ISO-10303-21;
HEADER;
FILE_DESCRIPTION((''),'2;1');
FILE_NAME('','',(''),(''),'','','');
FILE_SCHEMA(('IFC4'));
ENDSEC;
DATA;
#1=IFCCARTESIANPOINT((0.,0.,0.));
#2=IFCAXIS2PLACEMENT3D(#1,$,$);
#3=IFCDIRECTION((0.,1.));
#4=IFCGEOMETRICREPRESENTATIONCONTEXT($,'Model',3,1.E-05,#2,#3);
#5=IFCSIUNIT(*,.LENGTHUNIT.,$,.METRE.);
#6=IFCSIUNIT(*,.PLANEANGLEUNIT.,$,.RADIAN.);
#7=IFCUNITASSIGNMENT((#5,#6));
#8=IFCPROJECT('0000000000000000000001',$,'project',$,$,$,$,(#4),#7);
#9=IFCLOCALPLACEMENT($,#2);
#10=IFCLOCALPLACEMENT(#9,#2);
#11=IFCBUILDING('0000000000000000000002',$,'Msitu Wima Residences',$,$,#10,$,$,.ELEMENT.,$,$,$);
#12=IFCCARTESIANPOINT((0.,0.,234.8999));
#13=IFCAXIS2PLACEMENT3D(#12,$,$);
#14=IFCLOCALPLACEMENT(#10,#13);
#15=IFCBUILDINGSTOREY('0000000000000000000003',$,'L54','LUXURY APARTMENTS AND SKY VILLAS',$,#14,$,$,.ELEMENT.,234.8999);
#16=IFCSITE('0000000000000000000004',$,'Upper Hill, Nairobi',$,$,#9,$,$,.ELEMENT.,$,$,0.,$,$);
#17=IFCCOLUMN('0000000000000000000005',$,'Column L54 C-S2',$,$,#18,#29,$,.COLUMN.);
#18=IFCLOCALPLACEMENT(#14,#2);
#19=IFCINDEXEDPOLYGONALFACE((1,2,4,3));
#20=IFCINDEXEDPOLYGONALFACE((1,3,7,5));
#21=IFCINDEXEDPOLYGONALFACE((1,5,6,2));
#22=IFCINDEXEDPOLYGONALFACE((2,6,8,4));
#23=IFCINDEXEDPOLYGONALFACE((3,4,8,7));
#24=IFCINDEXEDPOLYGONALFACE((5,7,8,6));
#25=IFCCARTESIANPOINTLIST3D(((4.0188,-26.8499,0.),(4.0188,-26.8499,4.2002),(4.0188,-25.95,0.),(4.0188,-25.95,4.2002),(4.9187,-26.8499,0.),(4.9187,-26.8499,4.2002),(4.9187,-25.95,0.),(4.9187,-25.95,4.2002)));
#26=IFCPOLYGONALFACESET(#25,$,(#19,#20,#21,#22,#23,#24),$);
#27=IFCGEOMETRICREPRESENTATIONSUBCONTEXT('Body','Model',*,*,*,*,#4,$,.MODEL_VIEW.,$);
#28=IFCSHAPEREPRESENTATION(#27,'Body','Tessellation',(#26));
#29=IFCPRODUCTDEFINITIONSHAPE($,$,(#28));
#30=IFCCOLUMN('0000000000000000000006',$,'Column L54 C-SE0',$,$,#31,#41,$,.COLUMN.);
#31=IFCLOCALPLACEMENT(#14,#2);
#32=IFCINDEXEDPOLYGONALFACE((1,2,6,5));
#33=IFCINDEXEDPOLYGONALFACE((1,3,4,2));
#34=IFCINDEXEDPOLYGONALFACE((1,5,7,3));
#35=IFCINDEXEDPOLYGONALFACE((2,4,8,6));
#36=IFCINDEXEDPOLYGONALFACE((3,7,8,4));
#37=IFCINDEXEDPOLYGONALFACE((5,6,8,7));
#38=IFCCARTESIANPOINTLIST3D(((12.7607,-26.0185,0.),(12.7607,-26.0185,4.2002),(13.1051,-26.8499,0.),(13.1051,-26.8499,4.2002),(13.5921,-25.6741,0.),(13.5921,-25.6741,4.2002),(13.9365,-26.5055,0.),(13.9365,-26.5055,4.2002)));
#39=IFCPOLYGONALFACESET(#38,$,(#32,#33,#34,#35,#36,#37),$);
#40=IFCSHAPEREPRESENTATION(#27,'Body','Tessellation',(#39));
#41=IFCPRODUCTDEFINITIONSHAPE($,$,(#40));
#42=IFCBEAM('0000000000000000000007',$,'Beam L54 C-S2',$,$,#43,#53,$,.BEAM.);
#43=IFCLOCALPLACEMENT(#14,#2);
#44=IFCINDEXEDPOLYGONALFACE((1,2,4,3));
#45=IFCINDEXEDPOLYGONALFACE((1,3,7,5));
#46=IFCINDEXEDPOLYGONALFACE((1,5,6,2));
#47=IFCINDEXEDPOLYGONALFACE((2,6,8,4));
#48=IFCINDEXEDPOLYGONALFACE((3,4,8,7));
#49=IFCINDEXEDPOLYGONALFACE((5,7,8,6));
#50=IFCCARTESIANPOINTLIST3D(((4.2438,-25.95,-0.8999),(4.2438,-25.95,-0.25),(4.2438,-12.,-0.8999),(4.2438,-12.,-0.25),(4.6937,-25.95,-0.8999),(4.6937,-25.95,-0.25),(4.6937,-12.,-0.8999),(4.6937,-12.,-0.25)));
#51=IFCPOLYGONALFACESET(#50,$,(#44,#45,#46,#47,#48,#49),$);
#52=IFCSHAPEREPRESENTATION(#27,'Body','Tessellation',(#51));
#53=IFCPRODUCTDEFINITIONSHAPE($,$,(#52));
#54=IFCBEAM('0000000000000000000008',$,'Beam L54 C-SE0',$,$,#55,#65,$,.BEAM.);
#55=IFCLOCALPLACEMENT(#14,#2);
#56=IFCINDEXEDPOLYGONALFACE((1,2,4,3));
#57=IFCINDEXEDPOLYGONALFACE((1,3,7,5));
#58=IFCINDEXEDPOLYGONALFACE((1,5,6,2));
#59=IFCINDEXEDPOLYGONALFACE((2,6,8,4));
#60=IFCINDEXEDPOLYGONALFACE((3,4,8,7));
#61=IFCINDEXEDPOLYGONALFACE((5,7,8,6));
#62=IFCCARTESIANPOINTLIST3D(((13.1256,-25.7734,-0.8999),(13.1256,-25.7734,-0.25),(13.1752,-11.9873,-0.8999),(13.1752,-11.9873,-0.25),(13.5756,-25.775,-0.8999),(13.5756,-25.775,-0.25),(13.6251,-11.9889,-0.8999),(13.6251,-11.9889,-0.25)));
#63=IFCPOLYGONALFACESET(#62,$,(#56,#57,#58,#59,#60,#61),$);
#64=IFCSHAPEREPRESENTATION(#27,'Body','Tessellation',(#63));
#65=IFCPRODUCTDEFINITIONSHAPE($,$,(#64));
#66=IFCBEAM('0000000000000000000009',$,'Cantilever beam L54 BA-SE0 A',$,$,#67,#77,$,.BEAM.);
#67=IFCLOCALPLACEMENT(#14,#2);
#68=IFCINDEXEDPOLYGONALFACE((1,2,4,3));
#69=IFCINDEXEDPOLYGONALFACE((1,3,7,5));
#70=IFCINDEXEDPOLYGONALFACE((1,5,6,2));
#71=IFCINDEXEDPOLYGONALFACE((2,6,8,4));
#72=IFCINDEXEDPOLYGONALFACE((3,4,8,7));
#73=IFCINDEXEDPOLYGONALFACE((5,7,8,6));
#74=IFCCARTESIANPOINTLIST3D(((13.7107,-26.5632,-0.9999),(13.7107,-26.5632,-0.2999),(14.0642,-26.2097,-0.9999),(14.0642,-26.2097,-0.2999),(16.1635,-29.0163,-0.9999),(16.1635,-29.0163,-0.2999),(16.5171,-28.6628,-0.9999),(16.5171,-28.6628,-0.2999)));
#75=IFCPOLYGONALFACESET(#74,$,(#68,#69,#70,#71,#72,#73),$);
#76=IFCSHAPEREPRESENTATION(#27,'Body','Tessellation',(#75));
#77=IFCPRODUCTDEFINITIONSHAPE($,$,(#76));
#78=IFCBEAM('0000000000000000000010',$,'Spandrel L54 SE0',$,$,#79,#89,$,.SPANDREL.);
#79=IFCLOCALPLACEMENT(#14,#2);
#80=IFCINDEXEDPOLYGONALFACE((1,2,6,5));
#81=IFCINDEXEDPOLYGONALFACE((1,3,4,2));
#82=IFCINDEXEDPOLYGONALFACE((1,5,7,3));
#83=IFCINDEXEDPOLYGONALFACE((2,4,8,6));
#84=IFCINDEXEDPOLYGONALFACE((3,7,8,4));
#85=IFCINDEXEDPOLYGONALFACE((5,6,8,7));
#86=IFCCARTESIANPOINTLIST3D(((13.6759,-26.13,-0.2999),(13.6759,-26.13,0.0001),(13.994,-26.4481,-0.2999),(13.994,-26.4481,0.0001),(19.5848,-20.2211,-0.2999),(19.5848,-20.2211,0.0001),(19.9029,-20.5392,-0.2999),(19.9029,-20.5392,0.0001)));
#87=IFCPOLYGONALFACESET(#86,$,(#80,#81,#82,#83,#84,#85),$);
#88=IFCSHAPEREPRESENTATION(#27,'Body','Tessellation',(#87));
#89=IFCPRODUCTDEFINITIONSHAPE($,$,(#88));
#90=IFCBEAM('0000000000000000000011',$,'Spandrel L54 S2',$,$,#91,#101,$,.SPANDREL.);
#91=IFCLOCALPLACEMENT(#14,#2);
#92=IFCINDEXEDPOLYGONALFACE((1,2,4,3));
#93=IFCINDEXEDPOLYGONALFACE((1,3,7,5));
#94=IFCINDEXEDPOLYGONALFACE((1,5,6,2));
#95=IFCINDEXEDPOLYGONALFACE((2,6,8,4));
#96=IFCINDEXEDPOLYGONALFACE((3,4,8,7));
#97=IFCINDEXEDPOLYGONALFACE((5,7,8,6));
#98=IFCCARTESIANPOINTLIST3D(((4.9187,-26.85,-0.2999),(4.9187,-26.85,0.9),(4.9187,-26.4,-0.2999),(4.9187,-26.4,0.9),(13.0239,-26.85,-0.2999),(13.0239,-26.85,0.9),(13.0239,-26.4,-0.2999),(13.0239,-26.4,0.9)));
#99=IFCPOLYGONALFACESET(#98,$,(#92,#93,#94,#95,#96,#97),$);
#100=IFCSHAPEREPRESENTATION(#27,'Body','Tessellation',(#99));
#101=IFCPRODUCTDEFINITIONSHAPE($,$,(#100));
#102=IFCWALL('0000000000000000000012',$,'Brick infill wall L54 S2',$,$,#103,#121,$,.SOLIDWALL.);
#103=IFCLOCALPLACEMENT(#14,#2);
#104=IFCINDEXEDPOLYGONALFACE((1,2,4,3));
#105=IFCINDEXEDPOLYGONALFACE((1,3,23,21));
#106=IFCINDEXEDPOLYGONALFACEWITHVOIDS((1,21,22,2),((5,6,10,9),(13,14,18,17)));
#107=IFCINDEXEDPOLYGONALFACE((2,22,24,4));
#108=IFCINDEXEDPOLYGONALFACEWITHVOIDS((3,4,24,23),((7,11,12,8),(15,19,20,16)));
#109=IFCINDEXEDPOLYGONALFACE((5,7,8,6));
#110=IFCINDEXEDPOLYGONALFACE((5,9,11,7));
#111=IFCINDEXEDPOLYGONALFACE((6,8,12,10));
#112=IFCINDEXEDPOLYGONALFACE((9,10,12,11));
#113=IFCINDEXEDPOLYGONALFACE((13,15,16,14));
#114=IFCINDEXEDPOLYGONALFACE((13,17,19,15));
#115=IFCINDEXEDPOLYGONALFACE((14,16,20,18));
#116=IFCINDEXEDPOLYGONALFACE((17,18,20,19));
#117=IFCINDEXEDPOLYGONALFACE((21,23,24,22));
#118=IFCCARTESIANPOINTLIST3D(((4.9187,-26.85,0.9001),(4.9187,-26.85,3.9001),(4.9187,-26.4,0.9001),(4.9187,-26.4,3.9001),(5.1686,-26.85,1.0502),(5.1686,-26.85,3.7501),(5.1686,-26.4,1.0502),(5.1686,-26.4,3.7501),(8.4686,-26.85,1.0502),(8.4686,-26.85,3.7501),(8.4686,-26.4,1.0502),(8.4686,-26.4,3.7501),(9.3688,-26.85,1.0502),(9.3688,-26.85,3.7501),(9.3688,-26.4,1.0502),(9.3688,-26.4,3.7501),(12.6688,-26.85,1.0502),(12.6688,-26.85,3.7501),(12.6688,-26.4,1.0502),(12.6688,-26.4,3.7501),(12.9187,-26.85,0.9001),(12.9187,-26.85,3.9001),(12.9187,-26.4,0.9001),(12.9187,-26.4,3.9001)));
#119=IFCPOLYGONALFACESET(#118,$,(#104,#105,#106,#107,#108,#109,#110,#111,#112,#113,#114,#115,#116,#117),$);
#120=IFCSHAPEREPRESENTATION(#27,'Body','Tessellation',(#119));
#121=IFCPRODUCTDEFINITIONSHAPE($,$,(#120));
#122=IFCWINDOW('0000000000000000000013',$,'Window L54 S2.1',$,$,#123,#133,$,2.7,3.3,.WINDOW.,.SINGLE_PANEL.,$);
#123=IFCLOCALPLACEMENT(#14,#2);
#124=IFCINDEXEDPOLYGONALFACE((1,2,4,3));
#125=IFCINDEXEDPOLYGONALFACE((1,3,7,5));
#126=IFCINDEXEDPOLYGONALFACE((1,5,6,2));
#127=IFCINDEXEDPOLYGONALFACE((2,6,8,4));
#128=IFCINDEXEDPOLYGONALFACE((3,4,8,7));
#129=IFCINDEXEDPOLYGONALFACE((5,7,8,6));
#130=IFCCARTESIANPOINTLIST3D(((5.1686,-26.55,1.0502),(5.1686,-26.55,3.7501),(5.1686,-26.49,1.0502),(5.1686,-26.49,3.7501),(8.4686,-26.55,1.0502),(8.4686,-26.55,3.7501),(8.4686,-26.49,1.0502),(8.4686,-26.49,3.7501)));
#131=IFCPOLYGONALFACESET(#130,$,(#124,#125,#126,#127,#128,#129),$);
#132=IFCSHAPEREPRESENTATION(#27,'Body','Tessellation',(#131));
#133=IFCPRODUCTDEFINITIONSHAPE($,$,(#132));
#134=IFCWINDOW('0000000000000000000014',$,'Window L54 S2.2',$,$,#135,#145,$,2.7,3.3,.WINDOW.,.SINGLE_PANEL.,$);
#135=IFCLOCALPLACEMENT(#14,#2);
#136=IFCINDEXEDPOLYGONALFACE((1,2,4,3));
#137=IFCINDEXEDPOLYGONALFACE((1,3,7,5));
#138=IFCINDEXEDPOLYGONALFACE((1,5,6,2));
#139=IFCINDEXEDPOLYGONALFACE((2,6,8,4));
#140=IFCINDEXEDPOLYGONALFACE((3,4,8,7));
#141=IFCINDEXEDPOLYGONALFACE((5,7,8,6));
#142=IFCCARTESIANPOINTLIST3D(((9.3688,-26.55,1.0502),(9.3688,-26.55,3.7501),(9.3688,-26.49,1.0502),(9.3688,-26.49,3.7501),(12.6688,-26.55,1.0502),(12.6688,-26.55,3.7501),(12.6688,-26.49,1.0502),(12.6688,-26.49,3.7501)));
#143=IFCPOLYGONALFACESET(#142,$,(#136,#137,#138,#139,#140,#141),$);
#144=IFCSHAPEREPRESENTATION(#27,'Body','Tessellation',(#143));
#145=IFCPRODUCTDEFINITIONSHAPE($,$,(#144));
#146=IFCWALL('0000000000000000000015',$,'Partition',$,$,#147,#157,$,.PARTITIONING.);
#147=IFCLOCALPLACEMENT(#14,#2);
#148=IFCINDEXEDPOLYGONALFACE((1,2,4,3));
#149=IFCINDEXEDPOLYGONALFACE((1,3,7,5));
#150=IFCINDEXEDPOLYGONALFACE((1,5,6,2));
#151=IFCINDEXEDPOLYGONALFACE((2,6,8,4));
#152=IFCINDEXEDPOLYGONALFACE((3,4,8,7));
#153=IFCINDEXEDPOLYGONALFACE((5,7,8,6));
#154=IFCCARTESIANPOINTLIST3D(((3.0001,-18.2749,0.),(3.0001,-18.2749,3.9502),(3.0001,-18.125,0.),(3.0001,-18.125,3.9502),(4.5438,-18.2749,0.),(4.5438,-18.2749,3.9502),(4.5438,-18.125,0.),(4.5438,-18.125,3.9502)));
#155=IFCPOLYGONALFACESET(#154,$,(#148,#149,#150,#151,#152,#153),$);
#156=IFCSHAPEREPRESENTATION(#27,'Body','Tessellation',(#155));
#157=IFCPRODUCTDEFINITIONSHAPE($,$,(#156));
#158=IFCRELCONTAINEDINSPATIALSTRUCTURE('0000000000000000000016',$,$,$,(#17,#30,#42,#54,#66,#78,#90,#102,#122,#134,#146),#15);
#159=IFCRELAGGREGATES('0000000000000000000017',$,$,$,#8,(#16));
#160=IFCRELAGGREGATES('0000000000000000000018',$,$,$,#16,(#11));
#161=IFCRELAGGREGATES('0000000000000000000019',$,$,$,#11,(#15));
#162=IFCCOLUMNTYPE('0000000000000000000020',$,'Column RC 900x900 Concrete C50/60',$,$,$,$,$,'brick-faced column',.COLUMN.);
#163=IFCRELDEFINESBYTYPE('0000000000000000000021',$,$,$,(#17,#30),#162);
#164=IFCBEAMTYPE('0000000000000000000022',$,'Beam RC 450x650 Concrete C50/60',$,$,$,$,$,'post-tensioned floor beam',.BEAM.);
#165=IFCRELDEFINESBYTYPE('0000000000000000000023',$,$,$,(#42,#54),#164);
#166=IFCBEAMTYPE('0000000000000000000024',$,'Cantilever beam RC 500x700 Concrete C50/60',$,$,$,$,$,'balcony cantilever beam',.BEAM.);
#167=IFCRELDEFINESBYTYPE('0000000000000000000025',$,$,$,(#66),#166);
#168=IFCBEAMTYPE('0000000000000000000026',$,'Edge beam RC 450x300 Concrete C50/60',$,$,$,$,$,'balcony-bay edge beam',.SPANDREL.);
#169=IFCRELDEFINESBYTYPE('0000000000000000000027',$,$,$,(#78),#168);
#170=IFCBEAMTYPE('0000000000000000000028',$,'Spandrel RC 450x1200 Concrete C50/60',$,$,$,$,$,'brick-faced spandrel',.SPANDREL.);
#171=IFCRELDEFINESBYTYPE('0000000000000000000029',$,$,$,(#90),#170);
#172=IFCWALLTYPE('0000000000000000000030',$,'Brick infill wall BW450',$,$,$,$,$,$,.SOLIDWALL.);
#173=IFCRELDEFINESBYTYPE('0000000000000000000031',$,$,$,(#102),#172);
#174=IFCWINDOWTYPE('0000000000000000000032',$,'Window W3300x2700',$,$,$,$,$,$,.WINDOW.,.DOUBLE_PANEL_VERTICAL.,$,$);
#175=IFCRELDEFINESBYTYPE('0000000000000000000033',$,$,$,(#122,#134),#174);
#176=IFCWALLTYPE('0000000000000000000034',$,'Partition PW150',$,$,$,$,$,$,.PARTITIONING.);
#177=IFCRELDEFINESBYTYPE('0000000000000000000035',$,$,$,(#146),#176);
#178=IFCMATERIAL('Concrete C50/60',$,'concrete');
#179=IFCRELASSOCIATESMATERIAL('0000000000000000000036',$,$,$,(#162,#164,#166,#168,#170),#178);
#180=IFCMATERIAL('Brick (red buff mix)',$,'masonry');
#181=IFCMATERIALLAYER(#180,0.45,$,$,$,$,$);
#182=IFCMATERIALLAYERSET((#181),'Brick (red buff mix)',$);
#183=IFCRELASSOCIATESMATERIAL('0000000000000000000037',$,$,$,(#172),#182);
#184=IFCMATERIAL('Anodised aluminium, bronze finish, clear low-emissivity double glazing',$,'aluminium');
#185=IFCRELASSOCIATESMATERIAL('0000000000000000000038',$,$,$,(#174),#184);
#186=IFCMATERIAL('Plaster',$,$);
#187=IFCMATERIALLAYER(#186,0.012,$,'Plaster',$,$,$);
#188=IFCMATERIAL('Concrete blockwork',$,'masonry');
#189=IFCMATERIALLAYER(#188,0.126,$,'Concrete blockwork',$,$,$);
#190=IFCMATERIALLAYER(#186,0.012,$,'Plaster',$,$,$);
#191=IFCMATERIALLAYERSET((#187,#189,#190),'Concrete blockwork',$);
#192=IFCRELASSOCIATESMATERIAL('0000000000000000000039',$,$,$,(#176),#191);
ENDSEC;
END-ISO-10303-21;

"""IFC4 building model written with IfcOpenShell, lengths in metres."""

from ifc_helpers import new_model, si_unit, direction, frame, frame_2d, origin, origin_2d, place, context, subcontext, project, spatial, rectangle, extrude, material, layer, layer_set, material_profile, profile_set, type_object, element, fill, save


model = new_model("IFC4")

# Units and contexts
model_context = context("Model", 3, precision=1e-05, world=origin(), true_north=direction((0.0, 1.0)))
body_context = subcontext(model_context, "Body", "Model", "MODEL_VIEW")
ifc_project = project(units=[si_unit("LENGTHUNIT", "METRE"), si_unit("PLANEANGLEUNIT", "RADIAN")], contexts=[model_context])

# Site, building, storey
site_placement = place(None, origin())
site = spatial("IfcSite", under=ifc_project, at=site_placement, Name="Upper Hill, Nairobi", CompositionType="ELEMENT", RefElevation=0.0)
building_placement = place(site_placement, origin())
building = spatial("IfcBuilding", under=site, at=building_placement, Name="Msitu Wima Residences", CompositionType="ELEMENT")
storey_placement = place(building_placement, frame((0.0, 0.0, 234.8999)))
storey = spatial("IfcBuildingStorey", under=building, at=storey_placement, Name="L54", Description="LUXURY APARTMENTS AND SKY VILLAS", CompositionType="ELEMENT", Elevation=234.8999)

# Columns
ifc_material_1 = material(Name="Concrete C50/60", Category="concrete")
ifc_material_profile_1 = material_profile(ifc_material_1, rectangle(XDim=0.8999, YDim=0.8999, at=origin_2d()), Name="RC 900x900")
ifc_profile_set_1 = profile_set([ifc_material_profile_1], Name="Concrete C50/60")
column_type = type_object("IfcColumnType", Name="Column RC 900x900 Concrete C50/60", ElementType="brick-faced column", PredefinedType="COLUMN", material=ifc_profile_set_1)
for number, where, z_axis, x_axis, name in (
    (1, (4.4688, -26.3999, 0.0), (0.0, 0.0, 1.0), (1.0, 0.0, 0.0), "Column L54 C-S2"),
    (2, (13.3486, -26.262, 0.0), (0.0, 0.0, 1.0), (0.92388, 0.382683, 0.0), "Column L54 C-SE0"),
):
    element("IfcColumn", number, at=place(storey_placement, frame(where, z_axis=z_axis, x_axis=x_axis)), inside=storey, type_object=column_type, Name=name, PredefinedType="COLUMN", context=body_context, shape_type="SweptSolid", body=[
        extrude(rectangle(XDim=0.8999, YDim=0.8999, at=origin_2d()), origin(), (0.0, 0.0, 1.0), 4.2002),
    ])

# Beams
ifc_material_profile_2 = material_profile(ifc_material_1, rectangle(XDim=0.45, YDim=0.6499, at=origin_2d()), Name="RC 450x650")
ifc_profile_set_2 = profile_set([ifc_material_profile_2], Name="Concrete C50/60")
beam_type_1 = type_object("IfcBeamType", Name="Beam RC 450x650 Concrete C50/60", ElementType="post-tensioned floor beam", PredefinedType="BEAM", material=ifc_profile_set_2)
beam_1_placement = place(storey_placement, frame((4.4688, -25.95, -0.575), z_axis=(0.0, 1.0, 0.0), x_axis=(-1.0, 0.0, 0.0)))
element("IfcBeam", 3, at=beam_1_placement, inside=storey, type_object=beam_type_1, Name="Beam L54 C-S2", PredefinedType="BEAM", context=body_context, shape_type="SweptSolid", body=[
    extrude(rectangle(XDim=0.45, YDim=0.6499, at=origin_2d()), origin(), (0.0, 0.0, 1.0), 13.95),
])
beam_2_placement = place(storey_placement, frame((13.3506, -25.7742, -0.575), z_axis=(0.003595, 0.999994, 0.0), x_axis=(-0.999994, 0.003595, 0.0)))
element("IfcBeam", 4, at=beam_2_placement, inside=storey, type_object=beam_type_1, Name="Beam L54 C-SE0", PredefinedType="BEAM", context=body_context, shape_type="SweptSolid", body=[
    extrude(rectangle(XDim=0.45, YDim=0.6499, at=origin_2d()), origin(), (0.0, 0.0, 1.0), 13.7861),
])
ifc_material_profile_3 = material_profile(ifc_material_1, rectangle(XDim=0.5, YDim=0.7, at=origin_2d()), Name="RC 500x700")
ifc_profile_set_3 = profile_set([ifc_material_profile_3], Name="Concrete C50/60")
beam_type_2 = type_object("IfcBeamType", Name="Cantilever beam RC 500x700 Concrete C50/60", ElementType="balcony cantilever beam", PredefinedType="BEAM", material=ifc_profile_set_3)
beam_3_placement = place(storey_placement, frame((13.8875, -26.3865, -0.6499), z_axis=(0.707072, -0.707142, 0.0), x_axis=(0.707142, 0.707072, 0.0)))
element("IfcBeam", 5, at=beam_3_placement, inside=storey, type_object=beam_type_2, Name="Cantilever beam L54 BA-SE0 A", PredefinedType="BEAM", context=body_context, shape_type="SweptSolid", body=[
    extrude(rectangle(XDim=0.5, YDim=0.7, at=origin_2d()), origin(), (0.0, 0.0, 1.0), 3.469),
])
ifc_material_profile_4 = material_profile(ifc_material_1, rectangle(XDim=0.45, YDim=0.3, at=origin_2d()), Name="RC 450x300")
ifc_profile_set_4 = profile_set([ifc_material_profile_4], Name="Concrete C50/60")
beam_type_3 = type_object("IfcBeamType", Name="Edge beam RC 450x300 Concrete C50/60", ElementType="balcony-bay edge beam", PredefinedType="SPANDREL", material=ifc_profile_set_4)
beam_4_placement = place(storey_placement, frame((13.835, -26.2891, -0.1499), z_axis=(0.707107, 0.707107, 0.0), x_axis=(-0.707107, 0.707107, 0.0)))
element("IfcBeam", 6, at=beam_4_placement, inside=storey, type_object=beam_type_3, Name="Spandrel L54 SE0", PredefinedType="SPANDREL", context=body_context, shape_type="SweptSolid", body=[
    extrude(rectangle(XDim=0.45, YDim=0.3, at=origin_2d()), origin(), (0.0, 0.0, 1.0), 8.3564),
])
ifc_material_profile_5 = material_profile(ifc_material_1, rectangle(XDim=0.45, YDim=1.2, at=origin_2d()), Name="RC 450x1200")
ifc_profile_set_5 = profile_set([ifc_material_profile_5], Name="Concrete C50/60")
beam_type_4 = type_object("IfcBeamType", Name="Spandrel RC 450x1200 Concrete C50/60", ElementType="brick-faced spandrel", PredefinedType="SPANDREL", material=ifc_profile_set_5)
beam_5_placement = place(storey_placement, frame((4.9187, -26.625, 0.3), z_axis=(1.0, 0.0, 0.0), x_axis=(0.0, 1.0, 0.0)))
element("IfcBeam", 7, at=beam_5_placement, inside=storey, type_object=beam_type_4, Name="Spandrel L54 S2", PredefinedType="SPANDREL", context=body_context, shape_type="SweptSolid", body=[
    extrude(rectangle(XDim=0.45, YDim=1.2, at=origin_2d()), origin(), (0.0, 0.0, 1.0), 8.1052),
])

# Wall, openings, windows
ifc_material_2 = material(Name="Brick (red buff mix)", Category="masonry")
ifc_layer_1 = layer(ifc_material_2, 0.45)
ifc_layer_set_1 = layer_set([ifc_layer_1], Name="Brick (red buff mix)")
wall_type_1 = type_object("IfcWallType", Name="Brick infill wall BW450", PredefinedType="SOLIDWALL", material=ifc_layer_set_1)
wall_1_placement = place(storey_placement, frame((4.9187, -26.625, 0.9001), z_axis=(0.0, 0.0, 1.0), x_axis=(1.0, 0.0, 0.0)))
wall_1 = element("IfcWall", 8, at=wall_1_placement, inside=storey, type_object=wall_type_1, Name="Brick infill wall L54 S2", PredefinedType="SOLIDWALL", context=body_context, shape_type="SweptSolid", body=[
    extrude(rectangle(XDim=8.0, YDim=0.45, at=frame_2d((4.0, 0.0))), origin(), (0.0, 0.0, 1.0), 3.0),
])
opening_1_placement = place(wall_1_placement, frame((0.25, 0.0, 0.1499)))
opening_1 = element("IfcOpeningElement", 9, at=opening_1_placement, cuts=wall_1, PredefinedType="OPENING", context=body_context, shape_type="SweptSolid", body=[
    extrude(rectangle(XDim=3.3, YDim=2.7, at=frame_2d((1.6499, 1.3501))), frame((0.0, 0.2349, 0.0), z_axis=(0.0, -1.0, 0.0), x_axis=(1.0, 0.0, 0.0)), (0.0, 0.0, 1.0), 0.47),
])
opening_2_placement = place(wall_1_placement, frame((4.4502, 0.0, 0.1499)))
opening_2 = element("IfcOpeningElement", 10, at=opening_2_placement, cuts=wall_1, PredefinedType="OPENING", context=body_context, shape_type="SweptSolid", body=[
    extrude(rectangle(XDim=3.3, YDim=2.7, at=frame_2d((1.6499, 1.3501))), frame((0.0, 0.2349, 0.0), z_axis=(0.0, -1.0, 0.0), x_axis=(1.0, 0.0, 0.0)), (0.0, 0.0, 1.0), 0.47),
])
ifc_material_3 = material(Name="Anodised aluminium, bronze finish, clear low-emissivity double glazing", Category="aluminium")
window_type = type_object("IfcWindowType", Name="Window W3300x2700", PartitioningType="DOUBLE_PANEL_VERTICAL", PredefinedType="WINDOW", material=ifc_material_3)
window_1_placement = place(opening_1_placement, origin())
window_1 = element("IfcWindow", 11, at=window_1_placement, inside=storey, type_object=window_type, Name="Window L54 S2.1", OverallHeight=2.7, OverallWidth=3.3, PartitioningType="SINGLE_PANEL", PredefinedType="WINDOW", context=body_context, shape_type="SweptSolid", body=[
    extrude(rectangle(XDim=3.3, YDim=2.7, at=frame_2d((1.6499, 1.3501))), frame((0.0, 0.135, 0.0), z_axis=(0.0, -1.0, 0.0), x_axis=(1.0, 0.0, 0.0)), (0.0, 0.0, 1.0), 0.0601),
])
fill(opening_1, window_1)
window_2_placement = place(opening_2_placement, origin())
window_2 = element("IfcWindow", 12, at=window_2_placement, inside=storey, type_object=window_type, Name="Window L54 S2.2", OverallHeight=2.7, OverallWidth=3.3, PartitioningType="SINGLE_PANEL", PredefinedType="WINDOW", context=body_context, shape_type="SweptSolid", body=[
    extrude(rectangle(XDim=3.3, YDim=2.7, at=frame_2d((1.6499, 1.3501))), frame((0.0, 0.135, 0.0), z_axis=(0.0, -1.0, 0.0), x_axis=(1.0, 0.0, 0.0)), (0.0, 0.0, 1.0), 0.0601),
])
fill(opening_2, window_2)

# Wall
ifc_material_4 = material(Name="Plaster")
ifc_layer_2 = layer(ifc_material_4, 0.012, Name="Plaster")
ifc_material_5 = material(Name="Concrete blockwork", Category="masonry")
ifc_layer_3 = layer(ifc_material_5, 0.126, Name="Concrete blockwork")
ifc_layer_4 = layer(ifc_material_4, 0.012, Name="Plaster")
ifc_layer_set_2 = layer_set([ifc_layer_2, ifc_layer_3, ifc_layer_4], Name="Concrete blockwork")
wall_type_2 = type_object("IfcWallType", Name="Partition PW150", PredefinedType="PARTITIONING", material=ifc_layer_set_2)
wall_2_placement = place(storey_placement, frame((3.0, -18.2, 0.0), z_axis=(0.0, 0.0, 1.0), x_axis=(1.0, 0.0, 0.0)))
element("IfcWall", 13, at=wall_2_placement, inside=storey, type_object=wall_type_2, Name="Partition", PredefinedType="PARTITIONING", context=body_context, shape_type="SweptSolid", body=[
    extrude(rectangle(XDim=1.5437, YDim=0.1499, at=frame_2d((0.772, 0.0))), origin(), (0.0, 0.0, 1.0), 3.9502),
])

save(model, "model.ifc")
